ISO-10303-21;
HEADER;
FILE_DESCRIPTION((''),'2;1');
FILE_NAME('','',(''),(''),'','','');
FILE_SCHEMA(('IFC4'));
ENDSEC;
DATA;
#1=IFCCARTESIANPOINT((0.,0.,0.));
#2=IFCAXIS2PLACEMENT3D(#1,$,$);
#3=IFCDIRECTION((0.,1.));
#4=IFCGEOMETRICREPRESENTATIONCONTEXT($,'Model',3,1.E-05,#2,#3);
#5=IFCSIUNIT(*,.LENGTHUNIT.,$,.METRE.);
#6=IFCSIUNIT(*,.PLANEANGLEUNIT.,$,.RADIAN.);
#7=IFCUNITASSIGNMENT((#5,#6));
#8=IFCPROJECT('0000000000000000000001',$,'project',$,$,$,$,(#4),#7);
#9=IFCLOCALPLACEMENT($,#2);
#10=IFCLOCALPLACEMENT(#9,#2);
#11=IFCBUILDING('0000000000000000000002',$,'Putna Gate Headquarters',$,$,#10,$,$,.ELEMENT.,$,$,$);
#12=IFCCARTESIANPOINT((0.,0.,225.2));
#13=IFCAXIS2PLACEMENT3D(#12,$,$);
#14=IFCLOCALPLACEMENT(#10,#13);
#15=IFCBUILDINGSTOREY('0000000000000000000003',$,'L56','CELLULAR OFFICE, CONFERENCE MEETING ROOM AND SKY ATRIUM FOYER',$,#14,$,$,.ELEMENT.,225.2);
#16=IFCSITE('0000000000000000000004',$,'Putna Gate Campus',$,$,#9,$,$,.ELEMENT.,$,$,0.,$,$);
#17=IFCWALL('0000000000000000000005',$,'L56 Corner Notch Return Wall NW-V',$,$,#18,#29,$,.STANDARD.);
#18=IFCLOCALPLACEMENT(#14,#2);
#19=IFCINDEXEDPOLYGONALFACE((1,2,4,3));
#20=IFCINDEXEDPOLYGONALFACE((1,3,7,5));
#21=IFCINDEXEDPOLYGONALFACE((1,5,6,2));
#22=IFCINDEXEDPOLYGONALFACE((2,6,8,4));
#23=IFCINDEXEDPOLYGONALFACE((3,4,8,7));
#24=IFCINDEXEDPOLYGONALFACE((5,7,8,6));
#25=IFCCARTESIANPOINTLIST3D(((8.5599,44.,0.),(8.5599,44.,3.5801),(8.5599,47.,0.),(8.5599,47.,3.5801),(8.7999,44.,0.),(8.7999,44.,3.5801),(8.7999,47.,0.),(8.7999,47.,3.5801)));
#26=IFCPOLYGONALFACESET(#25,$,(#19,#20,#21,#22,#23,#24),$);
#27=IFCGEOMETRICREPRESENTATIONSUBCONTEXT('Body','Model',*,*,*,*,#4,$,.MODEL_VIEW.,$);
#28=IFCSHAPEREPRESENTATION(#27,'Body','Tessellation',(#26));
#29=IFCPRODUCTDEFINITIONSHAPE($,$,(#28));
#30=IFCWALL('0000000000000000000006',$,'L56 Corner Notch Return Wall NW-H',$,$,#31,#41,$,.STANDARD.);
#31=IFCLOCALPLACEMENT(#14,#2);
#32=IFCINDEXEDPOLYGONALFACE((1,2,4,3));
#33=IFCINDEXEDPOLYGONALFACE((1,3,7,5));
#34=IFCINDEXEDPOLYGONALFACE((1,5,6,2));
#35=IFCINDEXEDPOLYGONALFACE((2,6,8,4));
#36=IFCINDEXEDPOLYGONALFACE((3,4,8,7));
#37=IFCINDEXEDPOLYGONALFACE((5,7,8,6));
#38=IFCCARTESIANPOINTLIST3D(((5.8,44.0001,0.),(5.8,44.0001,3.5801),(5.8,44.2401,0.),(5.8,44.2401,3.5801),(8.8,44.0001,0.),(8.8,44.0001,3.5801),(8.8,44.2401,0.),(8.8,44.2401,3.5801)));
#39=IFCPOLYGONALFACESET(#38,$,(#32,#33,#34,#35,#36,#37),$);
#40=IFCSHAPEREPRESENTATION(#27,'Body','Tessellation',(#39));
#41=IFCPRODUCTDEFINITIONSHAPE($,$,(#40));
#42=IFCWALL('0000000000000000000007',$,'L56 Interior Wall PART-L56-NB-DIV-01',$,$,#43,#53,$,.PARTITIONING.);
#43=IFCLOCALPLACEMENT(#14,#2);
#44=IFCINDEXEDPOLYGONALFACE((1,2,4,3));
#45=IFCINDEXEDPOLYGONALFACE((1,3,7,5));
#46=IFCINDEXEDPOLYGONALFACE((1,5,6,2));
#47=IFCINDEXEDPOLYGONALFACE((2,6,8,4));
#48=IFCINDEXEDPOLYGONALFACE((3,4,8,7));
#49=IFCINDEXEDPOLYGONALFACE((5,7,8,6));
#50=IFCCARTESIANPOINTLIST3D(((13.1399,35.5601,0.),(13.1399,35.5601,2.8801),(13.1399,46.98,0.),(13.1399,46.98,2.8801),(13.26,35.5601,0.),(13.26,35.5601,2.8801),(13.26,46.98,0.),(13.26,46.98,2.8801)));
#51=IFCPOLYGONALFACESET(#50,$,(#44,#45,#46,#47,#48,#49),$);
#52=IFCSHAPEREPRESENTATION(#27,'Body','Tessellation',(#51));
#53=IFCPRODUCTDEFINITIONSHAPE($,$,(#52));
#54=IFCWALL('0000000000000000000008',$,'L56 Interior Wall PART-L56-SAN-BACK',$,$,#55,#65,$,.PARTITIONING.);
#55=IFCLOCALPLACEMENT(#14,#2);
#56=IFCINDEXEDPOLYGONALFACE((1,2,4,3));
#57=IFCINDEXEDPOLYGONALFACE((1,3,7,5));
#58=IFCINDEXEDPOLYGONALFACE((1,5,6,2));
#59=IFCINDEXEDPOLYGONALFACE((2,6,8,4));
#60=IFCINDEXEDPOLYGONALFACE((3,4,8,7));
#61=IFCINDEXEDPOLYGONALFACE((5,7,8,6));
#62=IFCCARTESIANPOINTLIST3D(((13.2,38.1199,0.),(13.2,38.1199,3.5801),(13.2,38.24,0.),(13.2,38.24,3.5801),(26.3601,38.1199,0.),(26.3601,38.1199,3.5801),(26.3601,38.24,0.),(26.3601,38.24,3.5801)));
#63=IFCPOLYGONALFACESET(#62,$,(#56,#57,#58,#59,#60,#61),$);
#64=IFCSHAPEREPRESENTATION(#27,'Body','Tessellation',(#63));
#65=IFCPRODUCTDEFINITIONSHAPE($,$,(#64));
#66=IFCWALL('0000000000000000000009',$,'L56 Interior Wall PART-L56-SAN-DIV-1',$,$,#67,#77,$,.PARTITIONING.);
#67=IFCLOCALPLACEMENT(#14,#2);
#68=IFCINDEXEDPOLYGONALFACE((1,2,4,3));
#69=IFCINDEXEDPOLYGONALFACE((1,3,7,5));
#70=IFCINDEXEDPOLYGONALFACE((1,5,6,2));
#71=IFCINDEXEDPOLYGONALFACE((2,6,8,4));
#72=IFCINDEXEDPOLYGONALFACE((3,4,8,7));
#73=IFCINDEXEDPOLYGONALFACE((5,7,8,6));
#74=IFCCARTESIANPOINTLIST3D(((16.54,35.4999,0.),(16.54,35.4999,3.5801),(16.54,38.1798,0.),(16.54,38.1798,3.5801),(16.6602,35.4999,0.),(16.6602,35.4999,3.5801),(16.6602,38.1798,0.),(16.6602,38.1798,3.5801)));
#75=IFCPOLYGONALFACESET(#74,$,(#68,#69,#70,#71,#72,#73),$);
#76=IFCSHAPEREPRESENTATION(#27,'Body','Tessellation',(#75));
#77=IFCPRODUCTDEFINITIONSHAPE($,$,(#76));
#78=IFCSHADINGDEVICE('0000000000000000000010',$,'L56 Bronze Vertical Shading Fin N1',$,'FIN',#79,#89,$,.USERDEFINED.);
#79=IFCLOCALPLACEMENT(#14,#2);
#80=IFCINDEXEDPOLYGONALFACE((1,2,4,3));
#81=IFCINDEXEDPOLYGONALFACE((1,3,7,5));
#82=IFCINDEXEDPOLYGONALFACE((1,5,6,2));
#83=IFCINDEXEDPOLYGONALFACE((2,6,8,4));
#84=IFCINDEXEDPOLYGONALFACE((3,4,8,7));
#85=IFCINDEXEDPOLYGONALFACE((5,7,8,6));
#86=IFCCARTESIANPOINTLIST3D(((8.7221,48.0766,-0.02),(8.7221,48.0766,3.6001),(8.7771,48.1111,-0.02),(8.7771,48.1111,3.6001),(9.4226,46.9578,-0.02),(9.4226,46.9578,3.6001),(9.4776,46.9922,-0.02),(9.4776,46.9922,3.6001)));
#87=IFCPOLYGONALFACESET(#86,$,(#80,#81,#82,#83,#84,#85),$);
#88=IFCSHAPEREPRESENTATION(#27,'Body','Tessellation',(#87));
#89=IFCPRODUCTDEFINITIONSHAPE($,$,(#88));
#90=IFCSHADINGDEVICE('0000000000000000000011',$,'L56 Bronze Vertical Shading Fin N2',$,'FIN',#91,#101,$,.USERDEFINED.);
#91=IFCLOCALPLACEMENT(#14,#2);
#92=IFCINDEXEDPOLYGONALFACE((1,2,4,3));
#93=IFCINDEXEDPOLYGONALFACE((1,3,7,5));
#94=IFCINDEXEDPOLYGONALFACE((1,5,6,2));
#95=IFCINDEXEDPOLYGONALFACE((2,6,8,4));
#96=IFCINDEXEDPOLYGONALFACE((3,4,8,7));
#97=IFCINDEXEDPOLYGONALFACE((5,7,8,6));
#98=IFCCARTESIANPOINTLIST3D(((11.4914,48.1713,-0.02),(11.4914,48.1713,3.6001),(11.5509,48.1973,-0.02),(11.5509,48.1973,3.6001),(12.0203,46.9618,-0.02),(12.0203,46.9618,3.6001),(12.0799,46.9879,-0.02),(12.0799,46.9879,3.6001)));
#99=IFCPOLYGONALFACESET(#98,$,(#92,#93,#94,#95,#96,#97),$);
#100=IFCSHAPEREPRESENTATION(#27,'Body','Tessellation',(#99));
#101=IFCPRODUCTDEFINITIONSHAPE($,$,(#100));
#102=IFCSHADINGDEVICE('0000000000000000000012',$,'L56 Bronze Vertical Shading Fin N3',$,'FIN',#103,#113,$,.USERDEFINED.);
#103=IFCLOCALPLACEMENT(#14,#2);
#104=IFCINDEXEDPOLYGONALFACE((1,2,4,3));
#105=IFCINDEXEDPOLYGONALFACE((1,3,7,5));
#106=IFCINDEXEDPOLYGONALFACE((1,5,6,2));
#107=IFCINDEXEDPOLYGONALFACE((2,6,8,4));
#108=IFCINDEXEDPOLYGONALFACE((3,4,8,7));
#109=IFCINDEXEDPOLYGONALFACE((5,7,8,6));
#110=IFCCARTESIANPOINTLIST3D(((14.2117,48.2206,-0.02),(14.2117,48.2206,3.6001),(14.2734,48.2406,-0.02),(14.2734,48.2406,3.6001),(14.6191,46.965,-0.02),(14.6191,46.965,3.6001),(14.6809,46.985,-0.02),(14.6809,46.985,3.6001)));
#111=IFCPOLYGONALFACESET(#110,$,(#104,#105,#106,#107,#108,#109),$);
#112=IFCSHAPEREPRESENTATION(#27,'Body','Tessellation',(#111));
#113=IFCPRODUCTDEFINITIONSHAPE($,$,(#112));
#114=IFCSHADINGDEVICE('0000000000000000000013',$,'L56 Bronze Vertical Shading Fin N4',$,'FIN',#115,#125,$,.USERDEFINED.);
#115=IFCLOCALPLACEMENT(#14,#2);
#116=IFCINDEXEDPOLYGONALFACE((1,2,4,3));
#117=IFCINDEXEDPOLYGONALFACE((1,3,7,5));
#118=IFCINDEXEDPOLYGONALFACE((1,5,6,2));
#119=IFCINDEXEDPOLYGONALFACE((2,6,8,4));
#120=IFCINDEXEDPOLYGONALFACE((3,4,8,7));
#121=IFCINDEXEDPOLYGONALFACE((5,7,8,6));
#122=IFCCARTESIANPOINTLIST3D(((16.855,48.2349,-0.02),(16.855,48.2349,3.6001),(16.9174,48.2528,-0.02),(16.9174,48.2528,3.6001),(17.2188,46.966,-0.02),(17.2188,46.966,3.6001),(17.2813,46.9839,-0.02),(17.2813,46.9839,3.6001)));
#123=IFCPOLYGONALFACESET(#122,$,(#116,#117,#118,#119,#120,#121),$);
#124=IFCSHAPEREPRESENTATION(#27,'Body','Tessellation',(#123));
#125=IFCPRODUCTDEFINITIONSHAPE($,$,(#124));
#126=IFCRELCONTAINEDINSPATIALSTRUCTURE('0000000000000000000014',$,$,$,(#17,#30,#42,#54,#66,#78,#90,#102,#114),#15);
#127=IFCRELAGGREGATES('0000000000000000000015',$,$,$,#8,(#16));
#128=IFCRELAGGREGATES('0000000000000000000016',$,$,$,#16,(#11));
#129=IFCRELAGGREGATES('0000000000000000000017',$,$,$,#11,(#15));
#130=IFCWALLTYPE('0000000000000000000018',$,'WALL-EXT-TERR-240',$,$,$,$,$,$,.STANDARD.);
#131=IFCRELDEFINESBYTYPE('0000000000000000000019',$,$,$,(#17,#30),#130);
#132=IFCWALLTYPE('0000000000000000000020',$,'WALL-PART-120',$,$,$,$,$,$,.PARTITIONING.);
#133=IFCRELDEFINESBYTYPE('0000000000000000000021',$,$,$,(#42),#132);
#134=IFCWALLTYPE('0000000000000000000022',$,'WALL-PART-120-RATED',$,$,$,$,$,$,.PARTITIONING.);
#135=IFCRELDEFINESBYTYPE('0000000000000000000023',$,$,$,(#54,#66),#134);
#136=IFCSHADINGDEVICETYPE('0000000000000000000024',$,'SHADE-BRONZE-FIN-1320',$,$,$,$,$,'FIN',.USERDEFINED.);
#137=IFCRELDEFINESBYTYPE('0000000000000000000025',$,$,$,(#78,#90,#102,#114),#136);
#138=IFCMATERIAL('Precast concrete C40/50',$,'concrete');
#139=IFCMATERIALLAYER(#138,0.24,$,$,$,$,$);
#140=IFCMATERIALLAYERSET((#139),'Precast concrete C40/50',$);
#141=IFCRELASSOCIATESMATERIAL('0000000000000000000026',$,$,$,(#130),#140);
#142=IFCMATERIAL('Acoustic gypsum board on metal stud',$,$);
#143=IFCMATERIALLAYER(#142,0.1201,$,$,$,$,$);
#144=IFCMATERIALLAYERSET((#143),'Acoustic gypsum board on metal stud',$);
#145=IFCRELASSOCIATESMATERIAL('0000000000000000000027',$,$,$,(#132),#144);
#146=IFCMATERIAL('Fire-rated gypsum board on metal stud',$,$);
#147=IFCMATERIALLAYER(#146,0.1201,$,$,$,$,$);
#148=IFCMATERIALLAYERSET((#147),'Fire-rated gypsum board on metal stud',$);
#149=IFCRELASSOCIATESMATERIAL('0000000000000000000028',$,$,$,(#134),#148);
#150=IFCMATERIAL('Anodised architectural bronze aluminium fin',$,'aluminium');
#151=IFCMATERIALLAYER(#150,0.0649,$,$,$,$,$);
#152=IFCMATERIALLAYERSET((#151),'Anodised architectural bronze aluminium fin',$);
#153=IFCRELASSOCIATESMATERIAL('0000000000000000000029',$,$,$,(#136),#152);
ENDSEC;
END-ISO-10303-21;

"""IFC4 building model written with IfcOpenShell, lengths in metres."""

from ifc_helpers import new_model, si_unit, direction, frame, frame_2d, origin, origin_2d, place, context, subcontext, project, spatial, rectangle, extrude, material, layer, layer_set, type_object, element, save


model = new_model("IFC4")

# Units and contexts
model_context = context("Model", 3, precision=1e-05, world=origin(), true_north=direction((0.0, 1.0)))
body_context = subcontext(model_context, "Body", "Model", "MODEL_VIEW")
ifc_project = project(units=[si_unit("LENGTHUNIT", "METRE"), si_unit("PLANEANGLEUNIT", "RADIAN")], contexts=[model_context])

# Site, building, storey
site_placement = place(None, origin())
site = spatial("IfcSite", under=ifc_project, at=site_placement, Name="Putna Gate Campus", CompositionType="ELEMENT", RefElevation=0.0)
building_placement = place(site_placement, origin())
building = spatial("IfcBuilding", under=site, at=building_placement, Name="Putna Gate Headquarters", CompositionType="ELEMENT")
storey_placement = place(building_placement, frame((0.0, 0.0, 225.2)))
storey = spatial("IfcBuildingStorey", under=building, at=storey_placement, Name="L56", Description="CELLULAR OFFICE, CONFERENCE MEETING ROOM AND SKY ATRIUM FOYER", CompositionType="ELEMENT", Elevation=225.2)

# Walls
ifc_material_1 = material(Name="Precast concrete C40/50", Category="concrete")
ifc_layer_1 = layer(ifc_material_1, 0.24)
ifc_layer_set_1 = layer_set([ifc_layer_1], Name="Precast concrete C40/50")
wall_type_1 = type_object("IfcWallType", Name="WALL-EXT-TERR-240", PredefinedType="STANDARD", material=ifc_layer_set_1)
for number, where, z_axis, x_axis, name in (
    (1, (8.6799, 44.0, 0.0), (0.0, 0.0, 1.0), (0.0, 1.0, 0.0), "L56 Corner Notch Return Wall NW-V"),
    (2, (5.8, 44.1201, 0.0), (0.0, 0.0, 1.0), (1.0, 0.0, 0.0), "L56 Corner Notch Return Wall NW-H"),
):
    element("IfcWall", number, at=place(storey_placement, frame(where, z_axis=z_axis, x_axis=x_axis)), inside=storey, type_object=wall_type_1, Name=name, PredefinedType="STANDARD", context=body_context, shape_type="SweptSolid", body=[
        extrude(rectangle(XDim=3.0, YDim=0.24, at=frame_2d((1.5, 0.0))), origin(), (0.0, 0.0, 1.0), 3.5801),
    ])
ifc_material_2 = material(Name="Acoustic gypsum board on metal stud")
ifc_layer_2 = layer(ifc_material_2, 0.1201)
ifc_layer_set_2 = layer_set([ifc_layer_2], Name="Acoustic gypsum board on metal stud")
wall_type_2 = type_object("IfcWallType", Name="WALL-PART-120", PredefinedType="PARTITIONING", material=ifc_layer_set_2)
wall_1_placement = place(storey_placement, frame((13.2, 35.5601, 0.0), z_axis=(0.0, 0.0, 1.0), x_axis=(0.0, 1.0, 0.0)))
element("IfcWall", 3, at=wall_1_placement, inside=storey, type_object=wall_type_2, Name="L56 Interior Wall PART-L56-NB-DIV-01", PredefinedType="PARTITIONING", context=body_context, shape_type="SweptSolid", body=[
    extrude(rectangle(XDim=11.4199, YDim=0.1201, at=frame_2d((5.71, 0.0))), origin(), (0.0, 0.0, 1.0), 2.8801),
])

# Shared definitions
ifc_material_3 = material(Name="Fire-rated gypsum board on metal stud")
ifc_layer_3 = layer(ifc_material_3, 0.1201)
ifc_layer_set_3 = layer_set([ifc_layer_3], Name="Fire-rated gypsum board on metal stud")
wall_type_3 = type_object("IfcWallType", Name="WALL-PART-120-RATED", PredefinedType="PARTITIONING", material=ifc_layer_set_3)

# Walls
wall_2_placement = place(storey_placement, frame((13.2, 38.1799, 0.0), z_axis=(0.0, 0.0, 1.0), x_axis=(1.0, 0.0, 0.0)))
element("IfcWall", 4, at=wall_2_placement, inside=storey, type_object=wall_type_3, Name="L56 Interior Wall PART-L56-SAN-BACK", PredefinedType="PARTITIONING", context=body_context, shape_type="SweptSolid", body=[
    extrude(rectangle(XDim=13.1602, YDim=0.1201, at=frame_2d((6.5801, 0.0))), origin(), (0.0, 0.0, 1.0), 3.5801),
])
wall_3_placement = place(storey_placement, frame((16.6001, 35.5, 0.0), z_axis=(0.0, 0.0, 1.0), x_axis=(0.0, 1.0, 0.0)))
element("IfcWall", 5, at=wall_3_placement, inside=storey, type_object=wall_type_3, Name="L56 Interior Wall PART-L56-SAN-DIV-1", PredefinedType="PARTITIONING", context=body_context, shape_type="SweptSolid", body=[
    extrude(rectangle(XDim=2.6799, YDim=0.1201, at=frame_2d((1.3398, 0.0))), origin(), (0.0, 0.0, 1.0), 3.5801),
])

# Shading devices
ifc_material_4 = material(Name="Anodised architectural bronze aluminium fin", Category="aluminium")
ifc_layer_4 = layer(ifc_material_4, 0.0649)
ifc_layer_set_4 = layer_set([ifc_layer_4], Name="Anodised architectural bronze aluminium fin")
shading_device_type = type_object("IfcShadingDeviceType", Name="SHADE-BRONZE-FIN-1320", ElementType="FIN", PredefinedType="USERDEFINED", material=ifc_layer_set_4)
for number, where, z_axis, x_axis, name in (
    (6, (9.0999, 47.5344, -0.02), (0.0, 0.0, 1.0), (-0.530659, 0.847585, 0.0), "L56 Bronze Vertical Shading Fin N1"),
    (7, (11.7856, 47.5796, -0.02), (0.0, 0.0, 1.0), (-0.400669, 0.916223, 0.0), "L56 Bronze Vertical Shading Fin N2"),
    (8, (14.4463, 47.6028, -0.02), (0.0, 0.0, 1.0), (-0.308685, 0.951164, 0.0), "L56 Bronze Vertical Shading Fin N3"),
    (9, (17.0681, 47.6094, -0.02), (0.0, 0.0, 1.0), (-0.275637, 0.961262, 0.0), "L56 Bronze Vertical Shading Fin N4"),
):
    element("IfcShadingDevice", number, at=place(storey_placement, frame(where, z_axis=z_axis, x_axis=x_axis)), inside=storey, type_object=shading_device_type, Name=name, ObjectType="FIN", PredefinedType="USERDEFINED", context=body_context, shape_type="SweptSolid", body=[
        extrude(rectangle(XDim=1.3201, YDim=0.0649, at=origin_2d()), origin(), (0.0, 0.0, 1.0), 3.6201),
    ])

save(model, "model.ifc")
